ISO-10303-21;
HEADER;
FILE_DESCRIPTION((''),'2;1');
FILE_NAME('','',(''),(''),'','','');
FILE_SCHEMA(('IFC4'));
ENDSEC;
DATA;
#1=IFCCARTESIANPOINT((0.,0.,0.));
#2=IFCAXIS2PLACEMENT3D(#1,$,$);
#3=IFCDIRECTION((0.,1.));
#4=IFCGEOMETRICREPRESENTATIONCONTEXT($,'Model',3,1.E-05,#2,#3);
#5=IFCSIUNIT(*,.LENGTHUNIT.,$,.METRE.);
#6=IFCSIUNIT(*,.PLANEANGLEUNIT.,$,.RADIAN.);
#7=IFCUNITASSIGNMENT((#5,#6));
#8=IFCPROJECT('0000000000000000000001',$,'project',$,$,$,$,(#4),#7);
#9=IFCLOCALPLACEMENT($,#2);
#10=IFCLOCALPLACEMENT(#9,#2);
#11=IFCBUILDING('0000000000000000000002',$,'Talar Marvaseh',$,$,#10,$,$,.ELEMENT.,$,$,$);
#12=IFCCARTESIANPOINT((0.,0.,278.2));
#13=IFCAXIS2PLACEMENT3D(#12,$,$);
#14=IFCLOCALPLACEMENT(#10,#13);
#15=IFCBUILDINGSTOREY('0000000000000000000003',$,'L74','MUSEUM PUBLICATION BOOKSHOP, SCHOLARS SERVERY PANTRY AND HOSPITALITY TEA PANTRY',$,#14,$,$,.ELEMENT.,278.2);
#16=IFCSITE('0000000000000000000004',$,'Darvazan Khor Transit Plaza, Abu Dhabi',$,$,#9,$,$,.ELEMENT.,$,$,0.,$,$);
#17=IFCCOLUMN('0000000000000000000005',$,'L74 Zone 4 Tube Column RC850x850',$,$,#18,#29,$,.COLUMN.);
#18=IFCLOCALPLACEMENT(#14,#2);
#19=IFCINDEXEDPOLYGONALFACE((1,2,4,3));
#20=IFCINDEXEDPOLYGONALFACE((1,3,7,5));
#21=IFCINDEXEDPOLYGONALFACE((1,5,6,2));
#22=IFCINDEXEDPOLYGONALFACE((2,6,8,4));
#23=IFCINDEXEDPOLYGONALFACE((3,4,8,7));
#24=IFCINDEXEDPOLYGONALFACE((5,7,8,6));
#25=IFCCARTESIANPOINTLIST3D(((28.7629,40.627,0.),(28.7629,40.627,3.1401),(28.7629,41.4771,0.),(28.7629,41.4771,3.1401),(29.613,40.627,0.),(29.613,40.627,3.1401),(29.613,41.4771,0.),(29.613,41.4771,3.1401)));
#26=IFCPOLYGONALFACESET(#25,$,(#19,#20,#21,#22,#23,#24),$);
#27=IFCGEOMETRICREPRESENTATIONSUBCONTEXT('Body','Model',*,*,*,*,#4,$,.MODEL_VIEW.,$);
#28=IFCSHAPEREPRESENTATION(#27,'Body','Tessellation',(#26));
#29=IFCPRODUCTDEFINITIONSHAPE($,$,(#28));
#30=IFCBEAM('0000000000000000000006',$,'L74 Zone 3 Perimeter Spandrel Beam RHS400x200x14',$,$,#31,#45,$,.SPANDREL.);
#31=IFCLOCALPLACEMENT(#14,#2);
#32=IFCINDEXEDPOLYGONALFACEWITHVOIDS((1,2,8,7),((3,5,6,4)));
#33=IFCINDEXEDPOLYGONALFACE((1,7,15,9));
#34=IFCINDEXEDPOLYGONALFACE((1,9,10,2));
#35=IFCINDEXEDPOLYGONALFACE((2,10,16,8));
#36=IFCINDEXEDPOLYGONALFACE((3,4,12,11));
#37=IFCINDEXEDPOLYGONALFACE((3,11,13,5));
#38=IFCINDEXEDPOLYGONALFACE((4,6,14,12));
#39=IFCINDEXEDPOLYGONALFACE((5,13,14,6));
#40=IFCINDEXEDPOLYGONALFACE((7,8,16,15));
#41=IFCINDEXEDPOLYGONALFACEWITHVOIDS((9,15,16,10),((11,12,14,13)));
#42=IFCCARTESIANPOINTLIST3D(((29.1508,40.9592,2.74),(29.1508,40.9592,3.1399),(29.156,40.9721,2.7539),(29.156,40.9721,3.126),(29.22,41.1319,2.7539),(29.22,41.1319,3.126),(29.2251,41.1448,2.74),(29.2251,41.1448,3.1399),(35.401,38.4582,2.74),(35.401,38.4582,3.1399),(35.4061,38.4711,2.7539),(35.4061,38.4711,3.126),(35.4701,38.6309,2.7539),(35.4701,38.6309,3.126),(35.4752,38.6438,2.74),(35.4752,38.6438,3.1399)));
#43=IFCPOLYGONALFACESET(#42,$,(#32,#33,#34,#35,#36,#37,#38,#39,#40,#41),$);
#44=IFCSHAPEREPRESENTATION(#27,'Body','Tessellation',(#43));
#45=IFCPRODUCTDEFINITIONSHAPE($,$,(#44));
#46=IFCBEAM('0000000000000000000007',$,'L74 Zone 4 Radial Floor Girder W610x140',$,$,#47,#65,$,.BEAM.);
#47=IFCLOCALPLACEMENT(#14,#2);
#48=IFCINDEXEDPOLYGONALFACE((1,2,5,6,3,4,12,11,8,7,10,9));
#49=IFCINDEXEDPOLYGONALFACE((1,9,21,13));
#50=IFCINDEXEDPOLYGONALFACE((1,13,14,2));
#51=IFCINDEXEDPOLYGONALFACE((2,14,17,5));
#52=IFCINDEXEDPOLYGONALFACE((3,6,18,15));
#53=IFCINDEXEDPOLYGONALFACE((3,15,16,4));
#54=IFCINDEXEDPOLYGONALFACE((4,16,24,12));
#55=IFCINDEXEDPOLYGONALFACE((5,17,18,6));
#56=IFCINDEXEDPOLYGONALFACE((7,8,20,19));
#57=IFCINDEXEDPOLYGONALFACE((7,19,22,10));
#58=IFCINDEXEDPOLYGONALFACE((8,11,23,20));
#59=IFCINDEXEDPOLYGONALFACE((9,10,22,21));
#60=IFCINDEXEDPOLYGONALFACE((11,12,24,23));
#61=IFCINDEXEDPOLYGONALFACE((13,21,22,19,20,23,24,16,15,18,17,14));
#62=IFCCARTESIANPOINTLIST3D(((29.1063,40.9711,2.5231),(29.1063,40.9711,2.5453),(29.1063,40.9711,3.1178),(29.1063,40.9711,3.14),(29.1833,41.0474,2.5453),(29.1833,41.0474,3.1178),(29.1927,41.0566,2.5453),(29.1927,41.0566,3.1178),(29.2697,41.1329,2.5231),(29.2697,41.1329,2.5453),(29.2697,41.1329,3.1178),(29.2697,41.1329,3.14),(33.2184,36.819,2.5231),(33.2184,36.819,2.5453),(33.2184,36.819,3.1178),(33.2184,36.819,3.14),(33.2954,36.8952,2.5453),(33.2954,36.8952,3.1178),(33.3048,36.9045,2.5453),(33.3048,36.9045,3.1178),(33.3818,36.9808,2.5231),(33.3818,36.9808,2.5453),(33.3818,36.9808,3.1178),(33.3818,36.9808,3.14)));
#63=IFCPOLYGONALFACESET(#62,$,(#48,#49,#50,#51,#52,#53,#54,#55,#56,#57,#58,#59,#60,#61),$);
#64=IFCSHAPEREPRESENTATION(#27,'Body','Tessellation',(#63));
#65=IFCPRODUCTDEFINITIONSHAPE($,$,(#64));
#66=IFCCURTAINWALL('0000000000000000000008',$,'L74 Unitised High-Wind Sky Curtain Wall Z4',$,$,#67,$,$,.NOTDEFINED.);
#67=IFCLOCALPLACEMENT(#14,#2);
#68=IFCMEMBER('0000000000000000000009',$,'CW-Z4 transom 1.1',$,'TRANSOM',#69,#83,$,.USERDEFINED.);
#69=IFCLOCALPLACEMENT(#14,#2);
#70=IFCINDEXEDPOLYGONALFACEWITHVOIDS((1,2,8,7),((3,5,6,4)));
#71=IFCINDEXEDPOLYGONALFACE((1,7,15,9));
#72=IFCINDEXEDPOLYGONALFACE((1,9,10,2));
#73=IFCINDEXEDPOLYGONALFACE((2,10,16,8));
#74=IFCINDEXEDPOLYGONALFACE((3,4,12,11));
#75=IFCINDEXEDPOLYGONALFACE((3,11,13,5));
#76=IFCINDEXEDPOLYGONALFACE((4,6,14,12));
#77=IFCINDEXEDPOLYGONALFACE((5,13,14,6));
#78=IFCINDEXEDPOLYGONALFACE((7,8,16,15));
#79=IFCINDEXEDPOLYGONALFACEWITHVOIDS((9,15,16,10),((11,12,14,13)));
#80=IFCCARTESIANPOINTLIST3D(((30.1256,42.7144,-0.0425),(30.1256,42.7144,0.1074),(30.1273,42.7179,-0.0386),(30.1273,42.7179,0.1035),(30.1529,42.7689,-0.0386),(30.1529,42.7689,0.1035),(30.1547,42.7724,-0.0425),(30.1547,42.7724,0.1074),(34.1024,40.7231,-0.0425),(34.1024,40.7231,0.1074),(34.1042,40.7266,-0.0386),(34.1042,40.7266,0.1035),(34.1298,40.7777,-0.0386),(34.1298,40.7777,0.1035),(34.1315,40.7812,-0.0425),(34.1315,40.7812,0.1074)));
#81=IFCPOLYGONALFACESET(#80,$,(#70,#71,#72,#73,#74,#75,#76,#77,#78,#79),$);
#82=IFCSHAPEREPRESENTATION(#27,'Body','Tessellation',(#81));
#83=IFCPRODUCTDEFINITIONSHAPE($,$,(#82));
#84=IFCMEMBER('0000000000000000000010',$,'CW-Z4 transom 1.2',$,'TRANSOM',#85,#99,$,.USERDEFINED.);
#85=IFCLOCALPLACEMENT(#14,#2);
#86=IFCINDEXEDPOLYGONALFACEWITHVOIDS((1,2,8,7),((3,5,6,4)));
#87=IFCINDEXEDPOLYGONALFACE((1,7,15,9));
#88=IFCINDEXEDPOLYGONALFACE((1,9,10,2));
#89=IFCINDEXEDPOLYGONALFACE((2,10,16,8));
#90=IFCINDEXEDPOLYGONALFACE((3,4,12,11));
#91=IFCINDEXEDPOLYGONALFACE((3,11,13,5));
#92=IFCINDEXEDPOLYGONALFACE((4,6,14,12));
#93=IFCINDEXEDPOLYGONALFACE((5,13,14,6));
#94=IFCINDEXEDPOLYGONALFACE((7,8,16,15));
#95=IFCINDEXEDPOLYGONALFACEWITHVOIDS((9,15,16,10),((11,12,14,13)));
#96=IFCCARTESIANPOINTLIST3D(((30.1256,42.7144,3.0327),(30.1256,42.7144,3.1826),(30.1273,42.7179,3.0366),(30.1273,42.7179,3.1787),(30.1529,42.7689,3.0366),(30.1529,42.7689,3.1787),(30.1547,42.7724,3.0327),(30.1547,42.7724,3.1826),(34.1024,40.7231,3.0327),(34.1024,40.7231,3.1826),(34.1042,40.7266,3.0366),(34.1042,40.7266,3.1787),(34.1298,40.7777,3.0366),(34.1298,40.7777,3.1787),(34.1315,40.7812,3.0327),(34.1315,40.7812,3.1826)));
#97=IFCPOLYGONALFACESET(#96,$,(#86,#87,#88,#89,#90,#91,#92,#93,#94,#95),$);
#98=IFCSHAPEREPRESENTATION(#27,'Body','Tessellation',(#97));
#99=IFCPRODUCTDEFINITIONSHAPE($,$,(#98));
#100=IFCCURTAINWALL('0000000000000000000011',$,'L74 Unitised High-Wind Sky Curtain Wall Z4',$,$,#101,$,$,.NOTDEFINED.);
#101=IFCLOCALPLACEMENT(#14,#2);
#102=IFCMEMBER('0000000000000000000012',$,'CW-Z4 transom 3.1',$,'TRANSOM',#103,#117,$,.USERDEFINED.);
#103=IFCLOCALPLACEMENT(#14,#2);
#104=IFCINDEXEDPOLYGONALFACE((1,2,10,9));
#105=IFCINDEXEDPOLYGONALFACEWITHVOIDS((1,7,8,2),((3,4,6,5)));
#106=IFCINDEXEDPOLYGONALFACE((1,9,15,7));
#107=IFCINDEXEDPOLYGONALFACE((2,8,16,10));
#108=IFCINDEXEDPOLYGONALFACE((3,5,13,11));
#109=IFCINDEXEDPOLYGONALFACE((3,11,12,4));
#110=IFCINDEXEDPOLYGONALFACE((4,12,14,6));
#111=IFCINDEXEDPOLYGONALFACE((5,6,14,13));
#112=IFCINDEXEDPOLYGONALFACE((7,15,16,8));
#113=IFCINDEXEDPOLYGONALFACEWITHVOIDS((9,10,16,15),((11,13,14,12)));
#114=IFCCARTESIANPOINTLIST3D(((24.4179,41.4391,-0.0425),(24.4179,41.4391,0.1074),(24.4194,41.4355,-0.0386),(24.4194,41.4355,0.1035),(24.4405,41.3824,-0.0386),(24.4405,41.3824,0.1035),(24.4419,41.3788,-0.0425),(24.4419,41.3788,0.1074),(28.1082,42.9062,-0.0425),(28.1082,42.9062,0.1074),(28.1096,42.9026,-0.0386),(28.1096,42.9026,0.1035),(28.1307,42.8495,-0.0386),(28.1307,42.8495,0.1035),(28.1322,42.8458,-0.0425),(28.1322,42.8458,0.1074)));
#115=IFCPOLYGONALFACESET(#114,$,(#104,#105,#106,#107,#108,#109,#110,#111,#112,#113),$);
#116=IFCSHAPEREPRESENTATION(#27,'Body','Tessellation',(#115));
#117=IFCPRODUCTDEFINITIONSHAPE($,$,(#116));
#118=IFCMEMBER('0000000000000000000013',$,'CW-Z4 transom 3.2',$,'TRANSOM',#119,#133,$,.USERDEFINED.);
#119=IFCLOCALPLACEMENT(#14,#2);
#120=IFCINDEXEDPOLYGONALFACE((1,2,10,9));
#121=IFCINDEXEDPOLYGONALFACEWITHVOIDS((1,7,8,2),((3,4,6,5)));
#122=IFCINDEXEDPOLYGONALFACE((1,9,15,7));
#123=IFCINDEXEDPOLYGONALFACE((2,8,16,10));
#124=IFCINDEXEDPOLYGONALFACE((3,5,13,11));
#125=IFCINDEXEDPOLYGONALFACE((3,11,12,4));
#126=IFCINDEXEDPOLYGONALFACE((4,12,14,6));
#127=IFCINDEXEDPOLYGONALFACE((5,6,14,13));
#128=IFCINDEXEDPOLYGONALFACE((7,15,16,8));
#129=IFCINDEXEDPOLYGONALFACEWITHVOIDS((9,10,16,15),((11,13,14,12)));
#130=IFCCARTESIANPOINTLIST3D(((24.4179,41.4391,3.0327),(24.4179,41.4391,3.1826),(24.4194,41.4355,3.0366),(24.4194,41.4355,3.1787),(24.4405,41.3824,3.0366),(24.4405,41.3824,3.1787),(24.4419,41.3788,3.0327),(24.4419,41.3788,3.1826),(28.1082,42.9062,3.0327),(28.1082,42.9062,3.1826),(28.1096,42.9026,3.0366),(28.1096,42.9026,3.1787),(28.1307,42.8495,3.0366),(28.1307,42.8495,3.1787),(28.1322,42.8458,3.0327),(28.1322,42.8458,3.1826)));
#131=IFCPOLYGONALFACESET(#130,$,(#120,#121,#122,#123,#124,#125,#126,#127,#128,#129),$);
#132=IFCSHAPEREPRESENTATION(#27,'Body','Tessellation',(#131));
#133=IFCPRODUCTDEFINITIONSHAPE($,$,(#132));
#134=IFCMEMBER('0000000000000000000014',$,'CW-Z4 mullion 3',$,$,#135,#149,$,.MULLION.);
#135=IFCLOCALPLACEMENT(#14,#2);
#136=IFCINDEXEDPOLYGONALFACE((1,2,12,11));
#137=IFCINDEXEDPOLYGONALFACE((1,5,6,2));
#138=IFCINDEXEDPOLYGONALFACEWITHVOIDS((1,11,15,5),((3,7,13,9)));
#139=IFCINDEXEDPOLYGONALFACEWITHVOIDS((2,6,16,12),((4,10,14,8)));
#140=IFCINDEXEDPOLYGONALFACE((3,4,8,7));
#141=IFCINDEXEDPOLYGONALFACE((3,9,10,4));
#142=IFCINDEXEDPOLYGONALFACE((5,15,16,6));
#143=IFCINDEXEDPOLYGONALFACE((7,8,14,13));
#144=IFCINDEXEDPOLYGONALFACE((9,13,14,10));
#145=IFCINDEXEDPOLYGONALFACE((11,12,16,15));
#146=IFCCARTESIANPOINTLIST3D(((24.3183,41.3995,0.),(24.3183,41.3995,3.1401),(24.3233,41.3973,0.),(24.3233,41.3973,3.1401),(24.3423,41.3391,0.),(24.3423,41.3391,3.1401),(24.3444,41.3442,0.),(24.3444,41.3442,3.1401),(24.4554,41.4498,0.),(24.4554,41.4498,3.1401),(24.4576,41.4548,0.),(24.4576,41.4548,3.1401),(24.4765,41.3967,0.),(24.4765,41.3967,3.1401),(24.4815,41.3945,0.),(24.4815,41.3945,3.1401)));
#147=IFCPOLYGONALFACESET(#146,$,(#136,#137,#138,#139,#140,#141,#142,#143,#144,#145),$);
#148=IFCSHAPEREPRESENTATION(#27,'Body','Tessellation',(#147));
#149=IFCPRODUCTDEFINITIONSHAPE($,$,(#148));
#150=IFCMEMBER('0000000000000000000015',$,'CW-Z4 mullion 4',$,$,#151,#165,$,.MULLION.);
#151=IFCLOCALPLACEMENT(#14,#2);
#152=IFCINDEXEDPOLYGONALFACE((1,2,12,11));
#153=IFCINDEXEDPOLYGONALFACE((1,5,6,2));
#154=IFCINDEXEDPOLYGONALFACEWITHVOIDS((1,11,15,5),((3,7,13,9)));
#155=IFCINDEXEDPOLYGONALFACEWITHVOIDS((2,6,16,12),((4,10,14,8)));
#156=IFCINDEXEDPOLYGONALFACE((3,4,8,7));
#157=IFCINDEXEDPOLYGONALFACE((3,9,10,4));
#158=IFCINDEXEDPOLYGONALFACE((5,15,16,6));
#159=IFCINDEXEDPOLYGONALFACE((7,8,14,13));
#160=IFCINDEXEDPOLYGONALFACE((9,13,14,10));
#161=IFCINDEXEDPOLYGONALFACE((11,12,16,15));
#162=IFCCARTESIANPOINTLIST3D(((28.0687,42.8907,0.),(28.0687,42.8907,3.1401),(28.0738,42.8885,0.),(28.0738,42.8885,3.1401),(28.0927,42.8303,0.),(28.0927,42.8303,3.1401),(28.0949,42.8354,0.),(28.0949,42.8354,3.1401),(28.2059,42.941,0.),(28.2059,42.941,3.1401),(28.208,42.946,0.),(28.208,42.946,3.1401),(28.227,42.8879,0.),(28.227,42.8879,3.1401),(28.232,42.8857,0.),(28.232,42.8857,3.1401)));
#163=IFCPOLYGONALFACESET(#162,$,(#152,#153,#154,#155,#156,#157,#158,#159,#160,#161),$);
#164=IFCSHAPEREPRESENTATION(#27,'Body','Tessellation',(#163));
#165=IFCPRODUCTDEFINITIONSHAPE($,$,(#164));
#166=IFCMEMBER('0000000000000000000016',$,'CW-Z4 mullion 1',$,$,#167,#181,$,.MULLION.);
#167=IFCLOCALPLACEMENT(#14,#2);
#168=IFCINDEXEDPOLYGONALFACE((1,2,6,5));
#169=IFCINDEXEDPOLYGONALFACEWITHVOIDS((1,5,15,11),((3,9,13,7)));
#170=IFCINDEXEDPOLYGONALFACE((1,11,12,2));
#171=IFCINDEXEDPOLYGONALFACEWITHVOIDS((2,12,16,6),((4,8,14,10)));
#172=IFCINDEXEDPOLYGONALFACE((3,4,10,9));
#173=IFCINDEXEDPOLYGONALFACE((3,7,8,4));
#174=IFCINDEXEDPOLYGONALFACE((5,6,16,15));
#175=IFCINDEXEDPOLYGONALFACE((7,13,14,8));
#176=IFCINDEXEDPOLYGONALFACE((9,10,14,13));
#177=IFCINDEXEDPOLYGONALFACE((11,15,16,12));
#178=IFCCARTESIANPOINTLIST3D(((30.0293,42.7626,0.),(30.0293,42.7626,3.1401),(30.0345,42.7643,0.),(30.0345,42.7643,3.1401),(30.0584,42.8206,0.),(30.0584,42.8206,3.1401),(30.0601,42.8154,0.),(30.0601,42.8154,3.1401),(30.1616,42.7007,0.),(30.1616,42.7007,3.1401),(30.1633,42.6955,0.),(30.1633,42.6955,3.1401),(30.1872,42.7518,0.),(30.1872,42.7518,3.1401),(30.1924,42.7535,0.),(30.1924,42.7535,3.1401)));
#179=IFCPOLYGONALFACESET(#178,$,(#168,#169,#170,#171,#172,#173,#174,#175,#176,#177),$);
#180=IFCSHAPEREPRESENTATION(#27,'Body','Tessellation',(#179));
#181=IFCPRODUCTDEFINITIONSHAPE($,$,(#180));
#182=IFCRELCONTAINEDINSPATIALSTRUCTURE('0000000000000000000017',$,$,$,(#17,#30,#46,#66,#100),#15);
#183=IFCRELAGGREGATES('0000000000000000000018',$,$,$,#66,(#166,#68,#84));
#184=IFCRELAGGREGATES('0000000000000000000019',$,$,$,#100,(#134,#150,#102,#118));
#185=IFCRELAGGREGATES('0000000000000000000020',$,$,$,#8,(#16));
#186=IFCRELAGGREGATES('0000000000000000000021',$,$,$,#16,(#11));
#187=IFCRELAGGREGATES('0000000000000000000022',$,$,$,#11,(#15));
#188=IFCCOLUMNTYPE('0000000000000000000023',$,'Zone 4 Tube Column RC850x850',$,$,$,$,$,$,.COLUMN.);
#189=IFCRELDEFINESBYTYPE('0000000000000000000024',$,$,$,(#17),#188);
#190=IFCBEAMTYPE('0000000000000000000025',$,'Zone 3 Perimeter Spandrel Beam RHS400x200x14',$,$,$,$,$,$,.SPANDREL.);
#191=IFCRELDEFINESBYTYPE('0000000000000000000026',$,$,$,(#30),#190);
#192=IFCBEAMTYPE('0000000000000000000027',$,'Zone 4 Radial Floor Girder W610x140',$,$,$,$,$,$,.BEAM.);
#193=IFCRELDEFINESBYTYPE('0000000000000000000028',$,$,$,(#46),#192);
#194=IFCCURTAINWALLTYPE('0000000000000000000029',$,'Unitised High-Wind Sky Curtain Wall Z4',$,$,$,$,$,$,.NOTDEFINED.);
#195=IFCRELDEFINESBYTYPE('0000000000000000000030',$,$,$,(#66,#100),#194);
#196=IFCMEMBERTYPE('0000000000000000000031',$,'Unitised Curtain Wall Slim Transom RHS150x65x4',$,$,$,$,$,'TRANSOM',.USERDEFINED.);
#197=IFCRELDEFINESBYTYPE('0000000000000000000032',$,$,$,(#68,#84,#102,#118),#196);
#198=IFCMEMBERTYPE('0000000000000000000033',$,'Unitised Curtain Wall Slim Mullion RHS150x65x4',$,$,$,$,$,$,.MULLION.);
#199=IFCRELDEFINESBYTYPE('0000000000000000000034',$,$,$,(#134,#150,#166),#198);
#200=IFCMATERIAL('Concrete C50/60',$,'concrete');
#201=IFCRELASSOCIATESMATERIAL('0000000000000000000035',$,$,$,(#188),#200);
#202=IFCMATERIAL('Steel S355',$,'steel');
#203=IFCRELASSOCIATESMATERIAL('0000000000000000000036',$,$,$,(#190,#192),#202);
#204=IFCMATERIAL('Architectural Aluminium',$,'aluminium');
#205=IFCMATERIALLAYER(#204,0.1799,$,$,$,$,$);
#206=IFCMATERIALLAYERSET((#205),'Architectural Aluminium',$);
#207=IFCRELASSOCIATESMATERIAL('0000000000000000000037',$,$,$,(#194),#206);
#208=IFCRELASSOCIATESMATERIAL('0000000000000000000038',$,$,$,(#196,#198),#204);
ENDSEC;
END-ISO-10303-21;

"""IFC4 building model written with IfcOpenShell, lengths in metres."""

from ifc_helpers import new_model, si_unit, direction, frame, origin, origin_2d, place, context, subcontext, project, spatial, rectangle, hollow_rectangle, i_section, extrude, source, transform, mapped, material, layer, layer_set, material_profile, profile_set, type_object, type_shapes, element, aggregate, save


model = new_model("IFC4")

# Units and contexts
model_context = context("Model", 3, precision=1e-05, world=origin(), true_north=direction((0.0, 1.0)))
body_context = subcontext(model_context, "Body", "Model", "MODEL_VIEW")
ifc_project = project(units=[si_unit("LENGTHUNIT", "METRE"), si_unit("PLANEANGLEUNIT", "RADIAN")], contexts=[model_context])

# Site, building, storey
site_placement = place(None, origin())
site = spatial("IfcSite", under=ifc_project, at=site_placement, Name="Darvazan Khor Transit Plaza, Abu Dhabi", CompositionType="ELEMENT", RefElevation=0.0)
building_placement = place(site_placement, origin())
building = spatial("IfcBuilding", under=site, at=building_placement, Name="Talar Marvaseh", CompositionType="ELEMENT")
storey_placement = place(building_placement, frame((0.0, 0.0, 278.2)))
storey = spatial("IfcBuildingStorey", under=building, at=storey_placement, Name="L74", Description="MUSEUM PUBLICATION BOOKSHOP, SCHOLARS SERVERY PANTRY AND HOSPITALITY TEA PANTRY", CompositionType="ELEMENT", Elevation=278.2)

# Column
ifc_material_1 = material(Name="Concrete C50/60", Category="concrete")
ifc_material_profile_1 = material_profile(ifc_material_1, rectangle(XDim=0.8501, YDim=0.8501, at=origin_2d()), Name="RC850x850")
ifc_profile_set_1 = profile_set([ifc_material_profile_1], Name="Concrete C50/60")
column_type = type_object("IfcColumnType", Name="Zone 4 Tube Column RC850x850", PredefinedType="COLUMN", material=ifc_profile_set_1)
column_placement = place(storey_placement, frame((29.188, 41.052, 0.0), z_axis=(0.0, 0.0, 1.0), x_axis=(1.0, 0.0, 0.0)))
element("IfcColumn", 1, at=column_placement, inside=storey, type_object=column_type, Name="L74 Zone 4 Tube Column RC850x850", PredefinedType="COLUMN", context=body_context, shape_type="SweptSolid", body=[
    extrude(rectangle(XDim=0.8501, YDim=0.8501, at=origin_2d()), origin(), (0.0, 0.0, 1.0), 3.1401),
])

# Beams
ifc_material_2 = material(Name="Steel S355", Category="steel")
ifc_material_profile_2 = material_profile(ifc_material_2, hollow_rectangle(XDim=0.2, YDim=0.3999, WallThickness=0.0139, at=origin_2d()), Name="RHS400x200x14")
ifc_profile_set_2 = profile_set([ifc_material_profile_2], Name="Steel S355")
beam_type_1 = type_object("IfcBeamType", Name="Zone 3 Perimeter Spandrel Beam RHS400x200x14", PredefinedType="SPANDREL", material=ifc_profile_set_2)
beam_1_placement = place(storey_placement, frame((29.188, 41.052, 2.9399), z_axis=(0.928427, -0.371516, 0.0), x_axis=(0.371516, 0.928427, 0.0)))
element("IfcBeam", 2, at=beam_1_placement, inside=storey, type_object=beam_type_1, Name="L74 Zone 3 Perimeter Spandrel Beam RHS400x200x14", PredefinedType="SPANDREL", context=body_context, shape_type="SweptSolid", body=[
    extrude(hollow_rectangle(XDim=0.2, YDim=0.3999, WallThickness=0.0139, at=origin_2d()), origin(), (0.0, 0.0, 1.0), 6.7319),
])
ifc_material_profile_3 = material_profile(ifc_material_2, i_section(OverallWidth=0.23, OverallDepth=0.6169, WebThickness=0.0132, FlangeThickness=0.0222, at=origin_2d()), Name="W610x140")
ifc_profile_set_3 = profile_set([ifc_material_profile_3], Name="Steel S355")
beam_type_2 = type_object("IfcBeamType", Name="Zone 4 Radial Floor Girder W610x140", PredefinedType="BEAM", material=ifc_profile_set_3)
beam_2_placement = place(storey_placement, frame((29.188, 41.052, 2.8315), z_axis=(0.703673, -0.710524, 0.0), x_axis=(0.710524, 0.703673, 0.0)))
element("IfcBeam", 3, at=beam_2_placement, inside=storey, type_object=beam_type_2, Name="L74 Zone 4 Radial Floor Girder W610x140", PredefinedType="BEAM", context=body_context, shape_type="SweptSolid", body=[
    extrude(i_section(OverallWidth=0.23, OverallDepth=0.6169, WebThickness=0.0132, FlangeThickness=0.0222, at=origin_2d()), origin(), (0.0, 0.0, 1.0), 5.8438),
])

# Curtain walls, members
ifc_material_3 = material(Name="Architectural Aluminium", Category="aluminium")
ifc_layer_1 = layer(ifc_material_3, 0.1799)
ifc_layer_set_1 = layer_set([ifc_layer_1], Name="Architectural Aluminium")
curtain_wall_type = type_object("IfcCurtainWallType", Name="Unitised High-Wind Sky Curtain Wall Z4", PredefinedType="NOTDEFINED", material=ifc_layer_set_1)
curtain_wall_1_placement = place(storey_placement, origin())
curtain_wall_1 = element("IfcCurtainWall", 4, at=curtain_wall_1_placement, inside=storey, type_object=curtain_wall_type, Name="L74 Unitised High-Wind Sky Curtain Wall Z4", PredefinedType="NOTDEFINED")
ifc_material_profile_4 = material_profile(ifc_material_3, hollow_rectangle(XDim=0.0649, YDim=0.1499, WallThickness=0.0039, at=origin_2d()), Name="RHS150x65x4")
ifc_profile_set_4 = profile_set([ifc_material_profile_4], Name="Architectural Aluminium")
member_type_1 = type_object("IfcMemberType", Name="Unitised Curtain Wall Slim Transom RHS150x65x4", ElementType="TRANSOM", PredefinedType="USERDEFINED", material=ifc_profile_set_4)
shared_shape_1 = source(origin(), body_context, "Body", "SweptSolid", [
    extrude(hollow_rectangle(XDim=0.0649, YDim=0.1499, WallThickness=0.0039, at=origin_2d()), origin(), (0.0, 0.0, 1.0), 4.4475),
])
member_1_placement = place(storey_placement, frame((30.1401, 42.7434, 0.0325), z_axis=(0.894175, -0.447719, 0.0), x_axis=(0.447719, 0.894175, 0.0)))
member_1 = element("IfcMember", 5, at=member_1_placement, type_object=member_type_1, Name="CW-Z4 transom 1.1", ObjectType="TRANSOM", PredefinedType="USERDEFINED", context=body_context, shape_type="MappedRepresentation", body=[
    mapped(shared_shape_1, transform((0.0, 0.0, 0.0), x_axis=(1.0, 0.0, 0.0), y_axis=(0.0, 1.0, 0.0), z_axis=(0.0, 0.0, 1.0), scale=1.0)),
])
member_2_placement = place(storey_placement, frame((30.1401, 42.7434, 3.1077), z_axis=(0.894175, -0.447719, 0.0), x_axis=(0.447719, 0.894175, 0.0)))
member_2 = element("IfcMember", 6, at=member_2_placement, type_object=member_type_1, Name="CW-Z4 transom 1.2", ObjectType="TRANSOM", PredefinedType="USERDEFINED", context=body_context, shape_type="MappedRepresentation", body=[
    mapped(shared_shape_1, transform((0.0, 0.0, 0.0), x_axis=(1.0, 0.0, 0.0), y_axis=(0.0, 1.0, 0.0), z_axis=(0.0, 0.0, 1.0), scale=1.0)),
])
curtain_wall_2_placement = place(storey_placement, origin())
curtain_wall_2 = element("IfcCurtainWall", 7, at=curtain_wall_2_placement, inside=storey, type_object=curtain_wall_type, Name="L74 Unitised High-Wind Sky Curtain Wall Z4", PredefinedType="NOTDEFINED")
shared_shape_2 = source(origin(), body_context, "Body", "SweptSolid", [
    extrude(hollow_rectangle(XDim=0.0649, YDim=0.1499, WallThickness=0.0039, at=origin_2d()), origin(), (0.0, 0.0, 1.0), 3.9712),
])
type_shapes(member_type_1, [shared_shape_1, shared_shape_2])
member_3_placement = place(storey_placement, frame((24.4299, 41.4089, 0.0325), z_axis=(0.929259, 0.369429, 0.0), x_axis=(-0.369429, 0.929259, 0.0)))
member_3 = element("IfcMember", 8, at=member_3_placement, type_object=member_type_1, Name="CW-Z4 transom 3.1", ObjectType="TRANSOM", PredefinedType="USERDEFINED", context=body_context, shape_type="MappedRepresentation", body=[
    mapped(shared_shape_2, transform((0.0, 0.0, 0.0), x_axis=(1.0, 0.0, 0.0), y_axis=(0.0, 1.0, 0.0), z_axis=(0.0, 0.0, 1.0), scale=1.0)),
])
member_4_placement = place(storey_placement, frame((24.4299, 41.4089, 3.1077), z_axis=(0.929259, 0.369429, 0.0), x_axis=(-0.369429, 0.929259, 0.0)))
member_4 = element("IfcMember", 9, at=member_4_placement, type_object=member_type_1, Name="CW-Z4 transom 3.2", ObjectType="TRANSOM", PredefinedType="USERDEFINED", context=body_context, shape_type="MappedRepresentation", body=[
    mapped(shared_shape_2, transform((0.0, 0.0, 0.0), x_axis=(1.0, 0.0, 0.0), y_axis=(0.0, 1.0, 0.0), z_axis=(0.0, 0.0, 1.0), scale=1.0)),
])
ifc_material_profile_5 = material_profile(ifc_material_3, hollow_rectangle(XDim=0.0649, YDim=0.1499, WallThickness=0.0039, at=origin_2d()), Name="RHS150x65x4")
ifc_profile_set_5 = profile_set([ifc_material_profile_5], Name="Architectural Aluminium")
member_type_2 = type_object("IfcMemberType", Name="Unitised Curtain Wall Slim Mullion RHS150x65x4", PredefinedType="MULLION", material=ifc_profile_set_5)
shared_shape_3 = source(origin(), body_context, "Body", "SweptSolid", [
    extrude(hollow_rectangle(XDim=0.0649, YDim=0.1499, WallThickness=0.0039, at=origin_2d()), origin(), (0.0, 0.0, 1.0), 3.1401),
])
type_shapes(member_type_2, [shared_shape_3])
member_5_placement = place(storey_placement, frame((24.3999, 41.397, 0.0), z_axis=(0.0, 0.0, 1.0), x_axis=(-0.36945, 0.92925, 0.0)))
member_5 = element("IfcMember", 10, at=member_5_placement, type_object=member_type_2, Name="CW-Z4 mullion 3", PredefinedType="MULLION", context=body_context, shape_type="MappedRepresentation", body=[
    mapped(shared_shape_3, transform((0.0, 0.0, 0.0), x_axis=(1.0, 0.0, 0.0), y_axis=(0.0, 1.0, 0.0), z_axis=(0.0, 0.0, 1.0), scale=1.0)),
])
member_6_placement = place(storey_placement, frame((28.1504, 42.8882, 0.0), z_axis=(0.0, 0.0, 1.0), x_axis=(-0.36945, 0.92925, 0.0)))
member_6 = element("IfcMember", 11, at=member_6_placement, type_object=member_type_2, Name="CW-Z4 mullion 4", PredefinedType="MULLION", context=body_context, shape_type="MappedRepresentation", body=[
    mapped(shared_shape_3, transform((0.0, 0.0, 0.0), x_axis=(1.0, 0.0, 0.0), y_axis=(0.0, 1.0, 0.0), z_axis=(0.0, 0.0, 1.0), scale=1.0)),
])

# Member
member_7_placement = place(storey_placement, frame((30.1108, 42.7581, 0.0), z_axis=(0.0, 0.0, 1.0), x_axis=(0.447695, 0.894186, 0.0)))
member_7 = element("IfcMember", 12, at=member_7_placement, type_object=member_type_2, Name="CW-Z4 mullion 1", PredefinedType="MULLION", context=body_context, shape_type="MappedRepresentation", body=[
    mapped(shared_shape_3, transform((0.0, 0.0, 0.0), x_axis=(1.0, 0.0, 0.0), y_axis=(0.0, 1.0, 0.0), z_axis=(0.0, 0.0, 1.0), scale=1.0)),
])
aggregate(curtain_wall_1, [member_7, member_1, member_2])

aggregate(curtain_wall_2, [member_5, member_6, member_3, member_4])

save(model, "model.ifc")
